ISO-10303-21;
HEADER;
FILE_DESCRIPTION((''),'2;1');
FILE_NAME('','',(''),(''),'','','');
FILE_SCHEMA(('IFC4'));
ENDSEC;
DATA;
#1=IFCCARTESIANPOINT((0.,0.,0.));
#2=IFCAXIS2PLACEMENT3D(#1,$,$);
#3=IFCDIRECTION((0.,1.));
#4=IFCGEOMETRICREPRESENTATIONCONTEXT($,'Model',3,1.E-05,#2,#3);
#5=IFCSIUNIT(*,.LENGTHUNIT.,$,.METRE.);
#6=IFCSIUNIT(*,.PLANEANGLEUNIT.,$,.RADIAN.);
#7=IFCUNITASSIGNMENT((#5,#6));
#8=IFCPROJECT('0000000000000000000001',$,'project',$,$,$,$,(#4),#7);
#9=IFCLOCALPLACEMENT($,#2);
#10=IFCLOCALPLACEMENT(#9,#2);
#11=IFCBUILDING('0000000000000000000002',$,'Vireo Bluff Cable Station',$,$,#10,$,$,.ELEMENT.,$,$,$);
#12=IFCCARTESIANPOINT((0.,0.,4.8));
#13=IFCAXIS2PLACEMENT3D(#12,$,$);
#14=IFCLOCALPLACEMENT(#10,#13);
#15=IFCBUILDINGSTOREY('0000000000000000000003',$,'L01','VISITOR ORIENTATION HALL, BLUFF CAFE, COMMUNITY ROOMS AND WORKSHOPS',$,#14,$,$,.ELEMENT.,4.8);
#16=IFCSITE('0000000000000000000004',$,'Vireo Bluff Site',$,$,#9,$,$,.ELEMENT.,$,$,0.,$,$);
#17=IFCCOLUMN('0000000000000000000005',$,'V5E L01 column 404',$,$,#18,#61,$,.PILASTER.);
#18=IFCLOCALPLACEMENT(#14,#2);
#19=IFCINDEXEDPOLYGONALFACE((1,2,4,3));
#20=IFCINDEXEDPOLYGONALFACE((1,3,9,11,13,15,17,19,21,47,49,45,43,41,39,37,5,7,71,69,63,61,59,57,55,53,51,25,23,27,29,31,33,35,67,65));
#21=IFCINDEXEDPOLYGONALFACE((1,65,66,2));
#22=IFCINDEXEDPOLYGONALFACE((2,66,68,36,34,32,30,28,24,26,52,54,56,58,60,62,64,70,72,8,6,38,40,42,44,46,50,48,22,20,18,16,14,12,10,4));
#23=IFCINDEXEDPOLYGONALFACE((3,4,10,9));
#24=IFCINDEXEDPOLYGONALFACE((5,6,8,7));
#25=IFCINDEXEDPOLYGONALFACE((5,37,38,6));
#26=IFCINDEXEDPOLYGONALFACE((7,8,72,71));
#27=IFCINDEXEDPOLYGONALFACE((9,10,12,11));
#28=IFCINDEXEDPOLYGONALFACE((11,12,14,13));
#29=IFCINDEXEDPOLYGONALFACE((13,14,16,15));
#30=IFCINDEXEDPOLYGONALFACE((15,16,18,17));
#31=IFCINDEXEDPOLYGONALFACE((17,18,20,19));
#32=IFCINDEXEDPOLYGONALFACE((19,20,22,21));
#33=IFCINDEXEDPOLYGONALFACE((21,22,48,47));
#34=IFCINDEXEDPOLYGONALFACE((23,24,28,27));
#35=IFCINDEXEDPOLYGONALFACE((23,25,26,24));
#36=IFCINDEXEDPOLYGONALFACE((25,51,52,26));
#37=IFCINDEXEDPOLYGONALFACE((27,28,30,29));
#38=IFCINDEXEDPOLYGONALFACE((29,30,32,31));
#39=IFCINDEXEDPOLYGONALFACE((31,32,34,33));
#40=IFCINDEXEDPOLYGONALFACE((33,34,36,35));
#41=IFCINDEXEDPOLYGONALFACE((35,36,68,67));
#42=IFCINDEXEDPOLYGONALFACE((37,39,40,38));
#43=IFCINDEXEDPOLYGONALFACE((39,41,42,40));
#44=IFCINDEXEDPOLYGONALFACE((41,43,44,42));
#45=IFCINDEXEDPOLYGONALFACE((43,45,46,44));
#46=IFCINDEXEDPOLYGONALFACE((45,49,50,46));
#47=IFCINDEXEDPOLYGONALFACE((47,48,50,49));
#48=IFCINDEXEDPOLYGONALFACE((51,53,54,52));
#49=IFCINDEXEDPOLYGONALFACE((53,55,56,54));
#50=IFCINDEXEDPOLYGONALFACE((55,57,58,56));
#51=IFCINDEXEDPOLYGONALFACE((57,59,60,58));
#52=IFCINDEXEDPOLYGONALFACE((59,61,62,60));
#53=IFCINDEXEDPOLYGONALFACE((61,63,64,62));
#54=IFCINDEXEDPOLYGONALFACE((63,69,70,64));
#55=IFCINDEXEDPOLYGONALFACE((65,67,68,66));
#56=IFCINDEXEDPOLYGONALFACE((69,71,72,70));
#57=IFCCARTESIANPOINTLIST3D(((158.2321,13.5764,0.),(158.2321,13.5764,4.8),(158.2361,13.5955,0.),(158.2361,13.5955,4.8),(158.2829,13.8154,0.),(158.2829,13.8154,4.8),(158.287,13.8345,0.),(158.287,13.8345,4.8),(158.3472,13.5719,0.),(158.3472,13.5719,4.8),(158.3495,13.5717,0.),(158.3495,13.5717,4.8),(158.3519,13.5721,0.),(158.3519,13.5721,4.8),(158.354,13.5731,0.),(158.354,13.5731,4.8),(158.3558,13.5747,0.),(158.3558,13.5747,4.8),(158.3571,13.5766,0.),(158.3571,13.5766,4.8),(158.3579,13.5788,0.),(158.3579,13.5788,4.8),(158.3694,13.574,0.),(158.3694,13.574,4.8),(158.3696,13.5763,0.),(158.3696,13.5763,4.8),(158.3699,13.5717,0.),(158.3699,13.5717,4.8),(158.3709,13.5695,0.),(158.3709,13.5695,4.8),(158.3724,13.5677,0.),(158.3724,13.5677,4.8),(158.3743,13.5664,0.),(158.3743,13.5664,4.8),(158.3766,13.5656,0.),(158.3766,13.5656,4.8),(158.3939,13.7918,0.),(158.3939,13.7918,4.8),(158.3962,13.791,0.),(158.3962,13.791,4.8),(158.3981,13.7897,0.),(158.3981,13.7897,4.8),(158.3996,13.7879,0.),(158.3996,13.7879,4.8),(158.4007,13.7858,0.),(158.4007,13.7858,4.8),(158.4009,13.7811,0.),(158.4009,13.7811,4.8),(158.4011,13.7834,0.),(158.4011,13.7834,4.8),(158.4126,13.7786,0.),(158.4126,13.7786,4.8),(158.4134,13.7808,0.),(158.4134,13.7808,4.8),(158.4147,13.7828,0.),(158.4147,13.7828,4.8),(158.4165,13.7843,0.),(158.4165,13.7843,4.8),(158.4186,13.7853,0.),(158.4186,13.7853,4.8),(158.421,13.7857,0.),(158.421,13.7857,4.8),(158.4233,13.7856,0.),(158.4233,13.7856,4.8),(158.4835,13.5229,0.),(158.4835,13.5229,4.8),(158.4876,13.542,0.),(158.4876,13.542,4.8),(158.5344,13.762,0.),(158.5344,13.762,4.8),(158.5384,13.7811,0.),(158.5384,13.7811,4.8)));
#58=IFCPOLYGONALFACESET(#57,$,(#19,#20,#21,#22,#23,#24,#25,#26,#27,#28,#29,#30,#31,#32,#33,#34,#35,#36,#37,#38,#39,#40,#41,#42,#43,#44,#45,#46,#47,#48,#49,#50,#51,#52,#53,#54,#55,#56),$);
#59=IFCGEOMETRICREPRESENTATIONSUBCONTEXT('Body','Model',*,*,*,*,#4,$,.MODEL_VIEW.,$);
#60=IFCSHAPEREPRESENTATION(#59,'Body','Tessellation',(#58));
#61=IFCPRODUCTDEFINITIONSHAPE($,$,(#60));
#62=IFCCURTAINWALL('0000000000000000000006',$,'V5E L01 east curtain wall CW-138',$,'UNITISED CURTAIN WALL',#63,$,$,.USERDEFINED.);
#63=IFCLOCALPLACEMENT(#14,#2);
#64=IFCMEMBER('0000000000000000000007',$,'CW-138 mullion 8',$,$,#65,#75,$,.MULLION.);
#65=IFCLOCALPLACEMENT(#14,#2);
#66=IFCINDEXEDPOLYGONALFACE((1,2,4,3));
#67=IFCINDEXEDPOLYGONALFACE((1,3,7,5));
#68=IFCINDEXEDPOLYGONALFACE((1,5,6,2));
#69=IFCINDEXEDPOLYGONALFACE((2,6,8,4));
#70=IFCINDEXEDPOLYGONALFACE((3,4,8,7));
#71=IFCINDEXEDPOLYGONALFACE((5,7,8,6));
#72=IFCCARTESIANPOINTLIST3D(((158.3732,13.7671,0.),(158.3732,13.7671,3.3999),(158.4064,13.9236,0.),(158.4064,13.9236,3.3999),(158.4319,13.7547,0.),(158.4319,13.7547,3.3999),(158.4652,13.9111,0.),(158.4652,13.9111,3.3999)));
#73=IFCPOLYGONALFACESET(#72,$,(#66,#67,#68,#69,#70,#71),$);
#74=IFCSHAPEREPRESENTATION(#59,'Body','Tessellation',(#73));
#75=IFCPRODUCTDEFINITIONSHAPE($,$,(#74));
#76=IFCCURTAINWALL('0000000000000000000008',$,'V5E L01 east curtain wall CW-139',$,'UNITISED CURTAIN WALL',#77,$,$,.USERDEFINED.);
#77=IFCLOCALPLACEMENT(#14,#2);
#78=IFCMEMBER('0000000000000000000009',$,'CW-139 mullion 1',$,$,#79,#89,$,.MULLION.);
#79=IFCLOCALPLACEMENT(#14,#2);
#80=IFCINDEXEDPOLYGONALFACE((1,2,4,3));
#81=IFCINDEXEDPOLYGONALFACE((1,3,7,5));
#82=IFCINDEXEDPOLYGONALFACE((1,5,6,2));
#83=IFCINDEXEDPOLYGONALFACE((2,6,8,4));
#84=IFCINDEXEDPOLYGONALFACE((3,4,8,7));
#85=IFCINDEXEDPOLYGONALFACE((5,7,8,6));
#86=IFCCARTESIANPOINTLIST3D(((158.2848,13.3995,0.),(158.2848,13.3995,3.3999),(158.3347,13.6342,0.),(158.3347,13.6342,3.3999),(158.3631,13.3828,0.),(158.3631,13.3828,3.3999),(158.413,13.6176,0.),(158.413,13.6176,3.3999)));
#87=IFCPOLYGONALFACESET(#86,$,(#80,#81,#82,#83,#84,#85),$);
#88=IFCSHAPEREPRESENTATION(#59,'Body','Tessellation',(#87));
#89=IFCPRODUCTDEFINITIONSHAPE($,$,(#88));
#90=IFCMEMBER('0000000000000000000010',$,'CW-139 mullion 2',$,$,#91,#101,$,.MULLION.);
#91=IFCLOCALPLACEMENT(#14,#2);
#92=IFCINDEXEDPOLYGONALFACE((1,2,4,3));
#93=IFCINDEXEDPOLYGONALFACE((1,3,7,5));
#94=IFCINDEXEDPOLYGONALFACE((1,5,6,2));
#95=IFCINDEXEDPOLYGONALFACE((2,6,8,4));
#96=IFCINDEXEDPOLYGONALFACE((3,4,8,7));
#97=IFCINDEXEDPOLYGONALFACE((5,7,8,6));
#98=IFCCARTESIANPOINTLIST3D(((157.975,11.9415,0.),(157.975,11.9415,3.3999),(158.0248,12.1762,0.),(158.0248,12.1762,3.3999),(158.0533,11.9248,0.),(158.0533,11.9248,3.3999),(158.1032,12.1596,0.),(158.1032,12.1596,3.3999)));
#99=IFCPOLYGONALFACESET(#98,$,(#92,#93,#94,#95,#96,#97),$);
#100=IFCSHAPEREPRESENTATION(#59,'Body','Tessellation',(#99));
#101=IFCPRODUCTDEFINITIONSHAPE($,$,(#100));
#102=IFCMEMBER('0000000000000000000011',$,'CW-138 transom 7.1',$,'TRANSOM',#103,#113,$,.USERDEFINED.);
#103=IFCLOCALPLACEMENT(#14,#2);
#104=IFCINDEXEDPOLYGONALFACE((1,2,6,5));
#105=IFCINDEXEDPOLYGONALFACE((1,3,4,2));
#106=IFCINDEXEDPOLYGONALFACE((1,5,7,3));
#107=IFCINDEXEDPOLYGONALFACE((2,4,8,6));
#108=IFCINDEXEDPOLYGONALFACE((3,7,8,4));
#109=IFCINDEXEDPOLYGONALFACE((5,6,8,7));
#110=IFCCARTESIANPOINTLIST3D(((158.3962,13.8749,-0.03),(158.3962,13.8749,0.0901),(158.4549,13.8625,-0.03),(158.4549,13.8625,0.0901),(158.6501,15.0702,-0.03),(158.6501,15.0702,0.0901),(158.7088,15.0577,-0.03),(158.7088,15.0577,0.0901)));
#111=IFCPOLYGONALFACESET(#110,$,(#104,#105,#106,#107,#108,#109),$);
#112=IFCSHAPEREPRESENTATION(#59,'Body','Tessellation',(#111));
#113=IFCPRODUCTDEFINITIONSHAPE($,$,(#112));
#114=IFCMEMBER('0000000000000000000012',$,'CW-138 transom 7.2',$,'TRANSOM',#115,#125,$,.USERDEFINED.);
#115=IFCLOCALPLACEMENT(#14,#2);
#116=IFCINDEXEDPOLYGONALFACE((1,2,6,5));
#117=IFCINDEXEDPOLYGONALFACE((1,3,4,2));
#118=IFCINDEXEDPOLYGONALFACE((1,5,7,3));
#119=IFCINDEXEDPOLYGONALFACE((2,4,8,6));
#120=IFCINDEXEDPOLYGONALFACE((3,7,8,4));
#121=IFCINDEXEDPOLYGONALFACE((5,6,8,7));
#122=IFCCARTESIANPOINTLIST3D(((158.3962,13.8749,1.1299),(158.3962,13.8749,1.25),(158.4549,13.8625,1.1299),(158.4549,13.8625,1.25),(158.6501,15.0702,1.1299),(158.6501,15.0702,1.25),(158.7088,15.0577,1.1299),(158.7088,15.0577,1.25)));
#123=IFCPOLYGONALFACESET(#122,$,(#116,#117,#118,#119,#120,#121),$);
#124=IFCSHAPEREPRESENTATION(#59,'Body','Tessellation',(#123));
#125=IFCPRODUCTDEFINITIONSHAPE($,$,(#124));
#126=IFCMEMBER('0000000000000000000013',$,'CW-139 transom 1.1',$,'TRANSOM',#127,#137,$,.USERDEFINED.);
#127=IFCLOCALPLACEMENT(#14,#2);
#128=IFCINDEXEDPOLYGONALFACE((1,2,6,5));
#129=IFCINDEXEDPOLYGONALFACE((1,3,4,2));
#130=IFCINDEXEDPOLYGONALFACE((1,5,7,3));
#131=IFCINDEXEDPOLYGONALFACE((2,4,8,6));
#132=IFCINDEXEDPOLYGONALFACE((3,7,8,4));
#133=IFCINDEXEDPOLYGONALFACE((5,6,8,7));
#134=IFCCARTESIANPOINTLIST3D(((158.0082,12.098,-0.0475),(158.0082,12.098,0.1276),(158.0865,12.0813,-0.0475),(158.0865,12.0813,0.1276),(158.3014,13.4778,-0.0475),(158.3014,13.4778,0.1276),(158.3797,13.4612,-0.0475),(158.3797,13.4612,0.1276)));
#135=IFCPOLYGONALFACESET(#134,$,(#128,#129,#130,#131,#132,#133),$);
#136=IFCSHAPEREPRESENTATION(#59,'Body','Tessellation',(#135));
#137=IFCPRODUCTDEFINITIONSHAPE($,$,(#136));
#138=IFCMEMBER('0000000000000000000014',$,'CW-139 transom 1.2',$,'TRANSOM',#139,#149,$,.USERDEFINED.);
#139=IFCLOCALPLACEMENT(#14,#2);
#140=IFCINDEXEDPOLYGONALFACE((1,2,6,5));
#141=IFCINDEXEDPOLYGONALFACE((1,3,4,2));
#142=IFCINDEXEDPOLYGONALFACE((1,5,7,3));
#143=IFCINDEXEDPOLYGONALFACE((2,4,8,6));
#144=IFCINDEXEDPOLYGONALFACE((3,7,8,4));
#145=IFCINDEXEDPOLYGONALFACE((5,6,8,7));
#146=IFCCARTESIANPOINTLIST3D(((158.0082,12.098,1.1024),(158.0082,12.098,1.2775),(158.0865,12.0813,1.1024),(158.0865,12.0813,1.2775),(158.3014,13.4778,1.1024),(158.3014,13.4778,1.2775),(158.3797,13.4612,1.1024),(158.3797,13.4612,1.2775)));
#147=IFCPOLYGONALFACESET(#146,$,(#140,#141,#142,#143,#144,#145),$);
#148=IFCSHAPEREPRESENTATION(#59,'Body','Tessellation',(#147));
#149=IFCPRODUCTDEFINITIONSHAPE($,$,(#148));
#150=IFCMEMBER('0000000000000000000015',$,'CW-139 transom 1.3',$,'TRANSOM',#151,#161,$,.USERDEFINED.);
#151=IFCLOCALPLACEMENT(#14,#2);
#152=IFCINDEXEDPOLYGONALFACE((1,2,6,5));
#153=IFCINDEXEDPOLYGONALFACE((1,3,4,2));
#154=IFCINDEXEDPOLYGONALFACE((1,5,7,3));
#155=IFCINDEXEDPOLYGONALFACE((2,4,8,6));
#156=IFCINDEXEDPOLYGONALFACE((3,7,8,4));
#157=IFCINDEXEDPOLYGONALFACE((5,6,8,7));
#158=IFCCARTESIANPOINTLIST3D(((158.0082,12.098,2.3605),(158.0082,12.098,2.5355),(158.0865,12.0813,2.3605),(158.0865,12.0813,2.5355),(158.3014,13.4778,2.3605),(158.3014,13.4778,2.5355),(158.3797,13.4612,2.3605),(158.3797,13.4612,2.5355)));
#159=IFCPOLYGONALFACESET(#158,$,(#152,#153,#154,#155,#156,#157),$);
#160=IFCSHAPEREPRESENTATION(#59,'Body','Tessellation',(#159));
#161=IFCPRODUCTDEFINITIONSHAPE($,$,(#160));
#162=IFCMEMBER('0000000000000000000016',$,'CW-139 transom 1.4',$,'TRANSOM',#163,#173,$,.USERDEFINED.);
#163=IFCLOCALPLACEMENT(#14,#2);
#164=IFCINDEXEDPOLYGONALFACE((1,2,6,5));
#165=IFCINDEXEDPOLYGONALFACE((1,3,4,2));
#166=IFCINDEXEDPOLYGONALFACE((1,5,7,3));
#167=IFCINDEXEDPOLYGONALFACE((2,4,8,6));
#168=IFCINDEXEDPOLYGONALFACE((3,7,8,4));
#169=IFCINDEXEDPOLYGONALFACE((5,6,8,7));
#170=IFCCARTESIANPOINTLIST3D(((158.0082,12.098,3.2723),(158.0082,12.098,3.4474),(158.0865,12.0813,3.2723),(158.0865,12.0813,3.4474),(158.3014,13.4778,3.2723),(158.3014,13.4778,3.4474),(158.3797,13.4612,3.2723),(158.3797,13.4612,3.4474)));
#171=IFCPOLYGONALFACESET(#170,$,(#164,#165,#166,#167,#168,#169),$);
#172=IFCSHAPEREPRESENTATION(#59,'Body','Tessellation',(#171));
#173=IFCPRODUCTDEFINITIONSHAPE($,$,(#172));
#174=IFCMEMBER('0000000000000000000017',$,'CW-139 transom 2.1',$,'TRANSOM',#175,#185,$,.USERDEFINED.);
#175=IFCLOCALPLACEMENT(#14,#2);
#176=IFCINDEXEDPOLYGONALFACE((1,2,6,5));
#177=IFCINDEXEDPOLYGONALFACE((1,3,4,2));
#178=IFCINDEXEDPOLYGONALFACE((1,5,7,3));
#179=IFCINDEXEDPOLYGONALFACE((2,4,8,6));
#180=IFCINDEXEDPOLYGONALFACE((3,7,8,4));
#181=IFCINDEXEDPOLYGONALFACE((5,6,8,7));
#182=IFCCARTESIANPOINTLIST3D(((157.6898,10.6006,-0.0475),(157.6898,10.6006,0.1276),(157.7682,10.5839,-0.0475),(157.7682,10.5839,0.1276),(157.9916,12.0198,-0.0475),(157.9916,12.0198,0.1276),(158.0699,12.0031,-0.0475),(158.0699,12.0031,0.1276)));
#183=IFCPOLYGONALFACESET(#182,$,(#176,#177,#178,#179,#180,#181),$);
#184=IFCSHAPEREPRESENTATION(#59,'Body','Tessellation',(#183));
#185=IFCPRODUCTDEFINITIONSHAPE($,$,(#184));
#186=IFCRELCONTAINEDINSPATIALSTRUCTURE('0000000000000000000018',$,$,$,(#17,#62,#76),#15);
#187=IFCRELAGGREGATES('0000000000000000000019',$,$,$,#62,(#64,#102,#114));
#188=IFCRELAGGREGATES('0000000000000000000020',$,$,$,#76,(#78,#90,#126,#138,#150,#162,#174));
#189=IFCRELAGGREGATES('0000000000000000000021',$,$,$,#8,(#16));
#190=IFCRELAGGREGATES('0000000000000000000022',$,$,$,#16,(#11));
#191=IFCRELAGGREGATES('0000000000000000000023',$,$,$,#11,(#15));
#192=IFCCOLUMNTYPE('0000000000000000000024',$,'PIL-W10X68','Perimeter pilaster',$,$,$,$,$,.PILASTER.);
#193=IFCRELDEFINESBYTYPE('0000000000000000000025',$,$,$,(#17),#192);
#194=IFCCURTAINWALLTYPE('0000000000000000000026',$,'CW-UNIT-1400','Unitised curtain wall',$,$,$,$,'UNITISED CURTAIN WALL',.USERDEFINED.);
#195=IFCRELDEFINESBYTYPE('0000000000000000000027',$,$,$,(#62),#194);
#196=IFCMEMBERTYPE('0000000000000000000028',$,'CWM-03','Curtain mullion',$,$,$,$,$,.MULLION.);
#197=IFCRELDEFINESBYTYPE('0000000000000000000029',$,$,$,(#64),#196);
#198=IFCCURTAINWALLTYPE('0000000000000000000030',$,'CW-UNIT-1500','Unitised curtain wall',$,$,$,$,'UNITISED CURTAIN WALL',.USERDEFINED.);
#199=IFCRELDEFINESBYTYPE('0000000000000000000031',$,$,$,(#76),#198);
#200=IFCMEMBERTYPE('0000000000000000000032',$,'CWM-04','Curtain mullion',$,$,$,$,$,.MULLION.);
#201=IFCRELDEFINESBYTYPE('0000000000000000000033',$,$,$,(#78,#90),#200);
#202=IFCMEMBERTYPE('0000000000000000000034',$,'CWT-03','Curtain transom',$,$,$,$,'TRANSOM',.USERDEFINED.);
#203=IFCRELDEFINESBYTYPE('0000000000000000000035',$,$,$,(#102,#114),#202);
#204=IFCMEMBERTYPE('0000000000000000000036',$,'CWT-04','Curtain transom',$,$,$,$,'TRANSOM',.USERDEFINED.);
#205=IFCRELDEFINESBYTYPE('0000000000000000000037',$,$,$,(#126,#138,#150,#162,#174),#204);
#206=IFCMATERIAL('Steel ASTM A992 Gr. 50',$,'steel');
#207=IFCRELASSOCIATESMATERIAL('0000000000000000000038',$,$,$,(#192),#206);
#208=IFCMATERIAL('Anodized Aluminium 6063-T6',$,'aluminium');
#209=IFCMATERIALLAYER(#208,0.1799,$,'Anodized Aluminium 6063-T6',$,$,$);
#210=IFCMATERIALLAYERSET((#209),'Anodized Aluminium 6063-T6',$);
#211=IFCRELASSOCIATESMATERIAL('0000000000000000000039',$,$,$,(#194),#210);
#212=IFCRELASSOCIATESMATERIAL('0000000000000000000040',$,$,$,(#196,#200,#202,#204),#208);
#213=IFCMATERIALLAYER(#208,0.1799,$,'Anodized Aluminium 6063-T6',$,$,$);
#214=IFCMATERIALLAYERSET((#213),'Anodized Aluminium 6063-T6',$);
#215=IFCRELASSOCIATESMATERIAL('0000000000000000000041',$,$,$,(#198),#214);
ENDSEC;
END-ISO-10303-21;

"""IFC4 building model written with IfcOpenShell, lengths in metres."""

from ifc_helpers import new_model, si_unit, direction, frame, origin, origin_2d, place, context, subcontext, project, spatial, rectangle, i_section, extrude, material, layer, layer_set, material_profile, profile_set, type_object, element, aggregate, save


model = new_model("IFC4")

# Units and contexts
model_context = context("Model", 3, precision=1e-05, world=origin(), true_north=direction((0.0, 1.0)))
body_context = subcontext(model_context, "Body", "Model", "MODEL_VIEW")
ifc_project = project(units=[si_unit("LENGTHUNIT", "METRE"), si_unit("PLANEANGLEUNIT", "RADIAN")], contexts=[model_context])

# Site, building, storey
site_placement = place(None, origin())
site = spatial("IfcSite", under=ifc_project, at=site_placement, Name="Vireo Bluff Site", CompositionType="ELEMENT", RefElevation=0.0)
building_placement = place(site_placement, origin())
building = spatial("IfcBuilding", under=site, at=building_placement, Name="Vireo Bluff Cable Station", CompositionType="ELEMENT")
storey_placement = place(building_placement, frame((0.0, 0.0, 4.8)))
storey = spatial("IfcBuildingStorey", under=building, at=storey_placement, Name="L01", Description="VISITOR ORIENTATION HALL, BLUFF CAFE, COMMUNITY ROOMS AND WORKSHOPS", CompositionType="ELEMENT", Elevation=4.8)

# Column
ifc_material_1 = material(Name="Steel ASTM A992 Gr. 50", Category="steel")
ifc_material_profile_1 = material_profile(ifc_material_1, i_section(OverallWidth=0.2571, OverallDepth=0.2639, WebThickness=0.012, FlangeThickness=0.0195, FilletRadius=0.009, at=origin_2d()), Name="W10X68")
ifc_profile_set_1 = profile_set([ifc_material_profile_1], Name="Steel ASTM A992 Gr. 50")
column_type = type_object("IfcColumnType", Name="PIL-W10X68", Description="Perimeter pilaster", PredefinedType="PILASTER", material=ifc_profile_set_1)
column_placement = place(storey_placement, frame((158.3853, 13.6787, 0.0), z_axis=(0.0, 0.0, 1.0), x_axis=(0.978148, -0.207912, 0.0)))
element("IfcColumn", 1, at=column_placement, inside=storey, type_object=column_type, Name="V5E L01 column 404", PredefinedType="PILASTER", context=body_context, shape_type="SweptSolid", body=[
    extrude(i_section(OverallWidth=0.2571, OverallDepth=0.2639, WebThickness=0.012, FlangeThickness=0.0195, FilletRadius=0.009, at=origin_2d()), origin(), (0.0, 0.0, 1.0), 4.8),
])

# Curtain wall, member
ifc_material_2 = material(Name="Anodized Aluminium 6063-T6", Category="aluminium")
ifc_layer_1 = layer(ifc_material_2, 0.1799, Name="Anodized Aluminium 6063-T6")
ifc_layer_set_1 = layer_set([ifc_layer_1], Name="Anodized Aluminium 6063-T6")
curtain_wall_type_1 = type_object("IfcCurtainWallType", Name="CW-UNIT-1400", Description="Unitised curtain wall", ElementType="UNITISED CURTAIN WALL", PredefinedType="USERDEFINED", material=ifc_layer_set_1)
curtain_wall_1_placement = place(storey_placement, origin())
curtain_wall_1 = element("IfcCurtainWall", 2, at=curtain_wall_1_placement, inside=storey, type_object=curtain_wall_type_1, Name="V5E L01 east curtain wall CW-138", ObjectType="UNITISED CURTAIN WALL", PredefinedType="USERDEFINED")
ifc_material_profile_2 = material_profile(ifc_material_2, rectangle(XDim=0.0601, YDim=0.1599, at=origin_2d()), Name="ALU-M-60X160")
ifc_profile_set_2 = profile_set([ifc_material_profile_2], Name="Anodized Aluminium 6063-T6")
member_type_1 = type_object("IfcMemberType", Name="CWM-03", Description="Curtain mullion", PredefinedType="MULLION", material=ifc_profile_set_2)
member_1_placement = place(storey_placement, frame((158.4192, 13.8391, 0.0), z_axis=(0.0, 0.0, 1.0), x_axis=(0.978148, -0.207912, 0.0)))
member_1 = element("IfcMember", 3, at=member_1_placement, type_object=member_type_1, Name="CW-138 mullion 8", PredefinedType="MULLION", context=body_context, shape_type="SweptSolid", body=[
    extrude(rectangle(XDim=0.0601, YDim=0.1599, at=origin_2d()), origin(), (0.0, 0.0, 1.0), 3.3999),
])

# Curtain wall, members
ifc_layer_2 = layer(ifc_material_2, 0.1799, Name="Anodized Aluminium 6063-T6")
ifc_layer_set_2 = layer_set([ifc_layer_2], Name="Anodized Aluminium 6063-T6")
curtain_wall_type_2 = type_object("IfcCurtainWallType", Name="CW-UNIT-1500", Description="Unitised curtain wall", ElementType="UNITISED CURTAIN WALL", PredefinedType="USERDEFINED", material=ifc_layer_set_2)
curtain_wall_2_placement = place(storey_placement, origin())
curtain_wall_2 = element("IfcCurtainWall", 4, at=curtain_wall_2_placement, inside=storey, type_object=curtain_wall_type_2, Name="V5E L01 east curtain wall CW-139", ObjectType="UNITISED CURTAIN WALL", PredefinedType="USERDEFINED")
ifc_material_profile_3 = material_profile(ifc_material_2, rectangle(XDim=0.0801, YDim=0.24, at=origin_2d()), Name="ALU-M-80X240")
ifc_profile_set_3 = profile_set([ifc_material_profile_3], Name="Anodized Aluminium 6063-T6")
member_type_2 = type_object("IfcMemberType", Name="CWM-04", Description="Curtain mullion", PredefinedType="MULLION", material=ifc_profile_set_3)
member_2_placement = place(storey_placement, frame((158.3489, 13.5085, 0.0), z_axis=(0.0, 0.0, 1.0), x_axis=(0.978148, -0.207912, 0.0)))
member_2 = element("IfcMember", 5, at=member_2_placement, type_object=member_type_2, Name="CW-139 mullion 1", PredefinedType="MULLION", context=body_context, shape_type="SweptSolid", body=[
    extrude(rectangle(XDim=0.0801, YDim=0.24, at=origin_2d()), origin(), (0.0, 0.0, 1.0), 3.3999),
])
member_3_placement = place(storey_placement, frame((158.0391, 12.0505, 0.0), z_axis=(0.0, 0.0, 1.0), x_axis=(0.978148, -0.207912, 0.0)))
member_3 = element("IfcMember", 6, at=member_3_placement, type_object=member_type_2, Name="CW-139 mullion 2", PredefinedType="MULLION", context=body_context, shape_type="SweptSolid", body=[
    extrude(rectangle(XDim=0.0801, YDim=0.24, at=origin_2d()), origin(), (0.0, 0.0, 1.0), 3.3999),
])

# Members
ifc_material_profile_4 = material_profile(ifc_material_2, rectangle(XDim=0.0601, YDim=0.1201, at=origin_2d()), Name="ALU-T-60X120")
ifc_profile_set_4 = profile_set([ifc_material_profile_4], Name="Anodized Aluminium 6063-T6")
member_type_3 = type_object("IfcMemberType", Name="CWT-03", Description="Curtain transom", ElementType="TRANSOM", PredefinedType="USERDEFINED", material=ifc_profile_set_4)
member_4_placement = place(storey_placement, frame((158.6794, 15.064, 0.03), z_axis=(-0.207782, -0.978175, 0.0), x_axis=(0.978175, -0.207782, 0.0)))
member_4 = element("IfcMember", 7, at=member_4_placement, type_object=member_type_3, Name="CW-138 transom 7.1", ObjectType="TRANSOM", PredefinedType="USERDEFINED", context=body_context, shape_type="SweptSolid", body=[
    extrude(rectangle(XDim=0.0601, YDim=0.1201, at=origin_2d()), origin(), (0.0, 0.0, 1.0), 1.2219),
])
member_5_placement = place(storey_placement, frame((158.6794, 15.064, 1.1899), z_axis=(-0.207782, -0.978175, 0.0), x_axis=(0.978175, -0.207782, 0.0)))
member_5 = element("IfcMember", 8, at=member_5_placement, type_object=member_type_3, Name="CW-138 transom 7.2", ObjectType="TRANSOM", PredefinedType="USERDEFINED", context=body_context, shape_type="SweptSolid", body=[
    extrude(rectangle(XDim=0.0601, YDim=0.1201, at=origin_2d()), origin(), (0.0, 0.0, 1.0), 1.2219),
])
ifc_material_profile_5 = material_profile(ifc_material_2, rectangle(XDim=0.0801, YDim=0.175, at=origin_2d()), Name="ALU-T-80X175")
ifc_profile_set_5 = profile_set([ifc_material_profile_5], Name="Anodized Aluminium 6063-T6")
member_type_4 = type_object("IfcMemberType", Name="CWT-04", Description="Curtain transom", ElementType="TRANSOM", PredefinedType="USERDEFINED", material=ifc_profile_set_5)
member_6_placement = place(storey_placement, frame((158.3406, 13.4695, 0.04), z_axis=(-0.20785, -0.978161, 0.0), x_axis=(0.978161, -0.20785, 0.0)))
member_6 = element("IfcMember", 9, at=member_6_placement, type_object=member_type_4, Name="CW-139 transom 1.1", ObjectType="TRANSOM", PredefinedType="USERDEFINED", context=body_context, shape_type="SweptSolid", body=[
    extrude(rectangle(XDim=0.0801, YDim=0.175, at=origin_2d()), origin(), (0.0, 0.0, 1.0), 1.4106),
])
member_7_placement = place(storey_placement, frame((158.3406, 13.4695, 1.1899), z_axis=(-0.20785, -0.978161, 0.0), x_axis=(0.978161, -0.20785, 0.0)))
member_7 = element("IfcMember", 10, at=member_7_placement, type_object=member_type_4, Name="CW-139 transom 1.2", ObjectType="TRANSOM", PredefinedType="USERDEFINED", context=body_context, shape_type="SweptSolid", body=[
    extrude(rectangle(XDim=0.0801, YDim=0.175, at=origin_2d()), origin(), (0.0, 0.0, 1.0), 1.4106),
])
member_8_placement = place(storey_placement, frame((158.3406, 13.4695, 2.448), z_axis=(-0.20785, -0.978161, 0.0), x_axis=(0.978161, -0.20785, 0.0)))
member_8 = element("IfcMember", 11, at=member_8_placement, type_object=member_type_4, Name="CW-139 transom 1.3", ObjectType="TRANSOM", PredefinedType="USERDEFINED", context=body_context, shape_type="SweptSolid", body=[
    extrude(rectangle(XDim=0.0801, YDim=0.175, at=origin_2d()), origin(), (0.0, 0.0, 1.0), 1.4106),
])
member_9_placement = place(storey_placement, frame((158.3406, 13.4695, 3.3599), z_axis=(-0.20785, -0.978161, 0.0), x_axis=(0.978161, -0.20785, 0.0)))
member_9 = element("IfcMember", 12, at=member_9_placement, type_object=member_type_4, Name="CW-139 transom 1.4", ObjectType="TRANSOM", PredefinedType="USERDEFINED", context=body_context, shape_type="SweptSolid", body=[
    extrude(rectangle(XDim=0.0801, YDim=0.175, at=origin_2d()), origin(), (0.0, 0.0, 1.0), 1.4106),
])
member_10_placement = place(storey_placement, frame((158.0308, 12.0115, 0.04), z_axis=(-0.207977, -0.978134, 0.0), x_axis=(0.978134, -0.207977, 0.0)))
member_10 = element("IfcMember", 13, at=member_10_placement, type_object=member_type_4, Name="CW-139 transom 2.1", ObjectType="TRANSOM", PredefinedType="USERDEFINED", context=body_context, shape_type="SweptSolid", body=[
    extrude(rectangle(XDim=0.0801, YDim=0.175, at=origin_2d()), origin(), (0.0, 0.0, 1.0), 1.4509),
])

aggregate(curtain_wall_1, [member_1, member_4, member_5])
aggregate(curtain_wall_2, [member_2, member_3, member_6, member_7, member_8, member_9, member_10])

save(model, "model.ifc")
